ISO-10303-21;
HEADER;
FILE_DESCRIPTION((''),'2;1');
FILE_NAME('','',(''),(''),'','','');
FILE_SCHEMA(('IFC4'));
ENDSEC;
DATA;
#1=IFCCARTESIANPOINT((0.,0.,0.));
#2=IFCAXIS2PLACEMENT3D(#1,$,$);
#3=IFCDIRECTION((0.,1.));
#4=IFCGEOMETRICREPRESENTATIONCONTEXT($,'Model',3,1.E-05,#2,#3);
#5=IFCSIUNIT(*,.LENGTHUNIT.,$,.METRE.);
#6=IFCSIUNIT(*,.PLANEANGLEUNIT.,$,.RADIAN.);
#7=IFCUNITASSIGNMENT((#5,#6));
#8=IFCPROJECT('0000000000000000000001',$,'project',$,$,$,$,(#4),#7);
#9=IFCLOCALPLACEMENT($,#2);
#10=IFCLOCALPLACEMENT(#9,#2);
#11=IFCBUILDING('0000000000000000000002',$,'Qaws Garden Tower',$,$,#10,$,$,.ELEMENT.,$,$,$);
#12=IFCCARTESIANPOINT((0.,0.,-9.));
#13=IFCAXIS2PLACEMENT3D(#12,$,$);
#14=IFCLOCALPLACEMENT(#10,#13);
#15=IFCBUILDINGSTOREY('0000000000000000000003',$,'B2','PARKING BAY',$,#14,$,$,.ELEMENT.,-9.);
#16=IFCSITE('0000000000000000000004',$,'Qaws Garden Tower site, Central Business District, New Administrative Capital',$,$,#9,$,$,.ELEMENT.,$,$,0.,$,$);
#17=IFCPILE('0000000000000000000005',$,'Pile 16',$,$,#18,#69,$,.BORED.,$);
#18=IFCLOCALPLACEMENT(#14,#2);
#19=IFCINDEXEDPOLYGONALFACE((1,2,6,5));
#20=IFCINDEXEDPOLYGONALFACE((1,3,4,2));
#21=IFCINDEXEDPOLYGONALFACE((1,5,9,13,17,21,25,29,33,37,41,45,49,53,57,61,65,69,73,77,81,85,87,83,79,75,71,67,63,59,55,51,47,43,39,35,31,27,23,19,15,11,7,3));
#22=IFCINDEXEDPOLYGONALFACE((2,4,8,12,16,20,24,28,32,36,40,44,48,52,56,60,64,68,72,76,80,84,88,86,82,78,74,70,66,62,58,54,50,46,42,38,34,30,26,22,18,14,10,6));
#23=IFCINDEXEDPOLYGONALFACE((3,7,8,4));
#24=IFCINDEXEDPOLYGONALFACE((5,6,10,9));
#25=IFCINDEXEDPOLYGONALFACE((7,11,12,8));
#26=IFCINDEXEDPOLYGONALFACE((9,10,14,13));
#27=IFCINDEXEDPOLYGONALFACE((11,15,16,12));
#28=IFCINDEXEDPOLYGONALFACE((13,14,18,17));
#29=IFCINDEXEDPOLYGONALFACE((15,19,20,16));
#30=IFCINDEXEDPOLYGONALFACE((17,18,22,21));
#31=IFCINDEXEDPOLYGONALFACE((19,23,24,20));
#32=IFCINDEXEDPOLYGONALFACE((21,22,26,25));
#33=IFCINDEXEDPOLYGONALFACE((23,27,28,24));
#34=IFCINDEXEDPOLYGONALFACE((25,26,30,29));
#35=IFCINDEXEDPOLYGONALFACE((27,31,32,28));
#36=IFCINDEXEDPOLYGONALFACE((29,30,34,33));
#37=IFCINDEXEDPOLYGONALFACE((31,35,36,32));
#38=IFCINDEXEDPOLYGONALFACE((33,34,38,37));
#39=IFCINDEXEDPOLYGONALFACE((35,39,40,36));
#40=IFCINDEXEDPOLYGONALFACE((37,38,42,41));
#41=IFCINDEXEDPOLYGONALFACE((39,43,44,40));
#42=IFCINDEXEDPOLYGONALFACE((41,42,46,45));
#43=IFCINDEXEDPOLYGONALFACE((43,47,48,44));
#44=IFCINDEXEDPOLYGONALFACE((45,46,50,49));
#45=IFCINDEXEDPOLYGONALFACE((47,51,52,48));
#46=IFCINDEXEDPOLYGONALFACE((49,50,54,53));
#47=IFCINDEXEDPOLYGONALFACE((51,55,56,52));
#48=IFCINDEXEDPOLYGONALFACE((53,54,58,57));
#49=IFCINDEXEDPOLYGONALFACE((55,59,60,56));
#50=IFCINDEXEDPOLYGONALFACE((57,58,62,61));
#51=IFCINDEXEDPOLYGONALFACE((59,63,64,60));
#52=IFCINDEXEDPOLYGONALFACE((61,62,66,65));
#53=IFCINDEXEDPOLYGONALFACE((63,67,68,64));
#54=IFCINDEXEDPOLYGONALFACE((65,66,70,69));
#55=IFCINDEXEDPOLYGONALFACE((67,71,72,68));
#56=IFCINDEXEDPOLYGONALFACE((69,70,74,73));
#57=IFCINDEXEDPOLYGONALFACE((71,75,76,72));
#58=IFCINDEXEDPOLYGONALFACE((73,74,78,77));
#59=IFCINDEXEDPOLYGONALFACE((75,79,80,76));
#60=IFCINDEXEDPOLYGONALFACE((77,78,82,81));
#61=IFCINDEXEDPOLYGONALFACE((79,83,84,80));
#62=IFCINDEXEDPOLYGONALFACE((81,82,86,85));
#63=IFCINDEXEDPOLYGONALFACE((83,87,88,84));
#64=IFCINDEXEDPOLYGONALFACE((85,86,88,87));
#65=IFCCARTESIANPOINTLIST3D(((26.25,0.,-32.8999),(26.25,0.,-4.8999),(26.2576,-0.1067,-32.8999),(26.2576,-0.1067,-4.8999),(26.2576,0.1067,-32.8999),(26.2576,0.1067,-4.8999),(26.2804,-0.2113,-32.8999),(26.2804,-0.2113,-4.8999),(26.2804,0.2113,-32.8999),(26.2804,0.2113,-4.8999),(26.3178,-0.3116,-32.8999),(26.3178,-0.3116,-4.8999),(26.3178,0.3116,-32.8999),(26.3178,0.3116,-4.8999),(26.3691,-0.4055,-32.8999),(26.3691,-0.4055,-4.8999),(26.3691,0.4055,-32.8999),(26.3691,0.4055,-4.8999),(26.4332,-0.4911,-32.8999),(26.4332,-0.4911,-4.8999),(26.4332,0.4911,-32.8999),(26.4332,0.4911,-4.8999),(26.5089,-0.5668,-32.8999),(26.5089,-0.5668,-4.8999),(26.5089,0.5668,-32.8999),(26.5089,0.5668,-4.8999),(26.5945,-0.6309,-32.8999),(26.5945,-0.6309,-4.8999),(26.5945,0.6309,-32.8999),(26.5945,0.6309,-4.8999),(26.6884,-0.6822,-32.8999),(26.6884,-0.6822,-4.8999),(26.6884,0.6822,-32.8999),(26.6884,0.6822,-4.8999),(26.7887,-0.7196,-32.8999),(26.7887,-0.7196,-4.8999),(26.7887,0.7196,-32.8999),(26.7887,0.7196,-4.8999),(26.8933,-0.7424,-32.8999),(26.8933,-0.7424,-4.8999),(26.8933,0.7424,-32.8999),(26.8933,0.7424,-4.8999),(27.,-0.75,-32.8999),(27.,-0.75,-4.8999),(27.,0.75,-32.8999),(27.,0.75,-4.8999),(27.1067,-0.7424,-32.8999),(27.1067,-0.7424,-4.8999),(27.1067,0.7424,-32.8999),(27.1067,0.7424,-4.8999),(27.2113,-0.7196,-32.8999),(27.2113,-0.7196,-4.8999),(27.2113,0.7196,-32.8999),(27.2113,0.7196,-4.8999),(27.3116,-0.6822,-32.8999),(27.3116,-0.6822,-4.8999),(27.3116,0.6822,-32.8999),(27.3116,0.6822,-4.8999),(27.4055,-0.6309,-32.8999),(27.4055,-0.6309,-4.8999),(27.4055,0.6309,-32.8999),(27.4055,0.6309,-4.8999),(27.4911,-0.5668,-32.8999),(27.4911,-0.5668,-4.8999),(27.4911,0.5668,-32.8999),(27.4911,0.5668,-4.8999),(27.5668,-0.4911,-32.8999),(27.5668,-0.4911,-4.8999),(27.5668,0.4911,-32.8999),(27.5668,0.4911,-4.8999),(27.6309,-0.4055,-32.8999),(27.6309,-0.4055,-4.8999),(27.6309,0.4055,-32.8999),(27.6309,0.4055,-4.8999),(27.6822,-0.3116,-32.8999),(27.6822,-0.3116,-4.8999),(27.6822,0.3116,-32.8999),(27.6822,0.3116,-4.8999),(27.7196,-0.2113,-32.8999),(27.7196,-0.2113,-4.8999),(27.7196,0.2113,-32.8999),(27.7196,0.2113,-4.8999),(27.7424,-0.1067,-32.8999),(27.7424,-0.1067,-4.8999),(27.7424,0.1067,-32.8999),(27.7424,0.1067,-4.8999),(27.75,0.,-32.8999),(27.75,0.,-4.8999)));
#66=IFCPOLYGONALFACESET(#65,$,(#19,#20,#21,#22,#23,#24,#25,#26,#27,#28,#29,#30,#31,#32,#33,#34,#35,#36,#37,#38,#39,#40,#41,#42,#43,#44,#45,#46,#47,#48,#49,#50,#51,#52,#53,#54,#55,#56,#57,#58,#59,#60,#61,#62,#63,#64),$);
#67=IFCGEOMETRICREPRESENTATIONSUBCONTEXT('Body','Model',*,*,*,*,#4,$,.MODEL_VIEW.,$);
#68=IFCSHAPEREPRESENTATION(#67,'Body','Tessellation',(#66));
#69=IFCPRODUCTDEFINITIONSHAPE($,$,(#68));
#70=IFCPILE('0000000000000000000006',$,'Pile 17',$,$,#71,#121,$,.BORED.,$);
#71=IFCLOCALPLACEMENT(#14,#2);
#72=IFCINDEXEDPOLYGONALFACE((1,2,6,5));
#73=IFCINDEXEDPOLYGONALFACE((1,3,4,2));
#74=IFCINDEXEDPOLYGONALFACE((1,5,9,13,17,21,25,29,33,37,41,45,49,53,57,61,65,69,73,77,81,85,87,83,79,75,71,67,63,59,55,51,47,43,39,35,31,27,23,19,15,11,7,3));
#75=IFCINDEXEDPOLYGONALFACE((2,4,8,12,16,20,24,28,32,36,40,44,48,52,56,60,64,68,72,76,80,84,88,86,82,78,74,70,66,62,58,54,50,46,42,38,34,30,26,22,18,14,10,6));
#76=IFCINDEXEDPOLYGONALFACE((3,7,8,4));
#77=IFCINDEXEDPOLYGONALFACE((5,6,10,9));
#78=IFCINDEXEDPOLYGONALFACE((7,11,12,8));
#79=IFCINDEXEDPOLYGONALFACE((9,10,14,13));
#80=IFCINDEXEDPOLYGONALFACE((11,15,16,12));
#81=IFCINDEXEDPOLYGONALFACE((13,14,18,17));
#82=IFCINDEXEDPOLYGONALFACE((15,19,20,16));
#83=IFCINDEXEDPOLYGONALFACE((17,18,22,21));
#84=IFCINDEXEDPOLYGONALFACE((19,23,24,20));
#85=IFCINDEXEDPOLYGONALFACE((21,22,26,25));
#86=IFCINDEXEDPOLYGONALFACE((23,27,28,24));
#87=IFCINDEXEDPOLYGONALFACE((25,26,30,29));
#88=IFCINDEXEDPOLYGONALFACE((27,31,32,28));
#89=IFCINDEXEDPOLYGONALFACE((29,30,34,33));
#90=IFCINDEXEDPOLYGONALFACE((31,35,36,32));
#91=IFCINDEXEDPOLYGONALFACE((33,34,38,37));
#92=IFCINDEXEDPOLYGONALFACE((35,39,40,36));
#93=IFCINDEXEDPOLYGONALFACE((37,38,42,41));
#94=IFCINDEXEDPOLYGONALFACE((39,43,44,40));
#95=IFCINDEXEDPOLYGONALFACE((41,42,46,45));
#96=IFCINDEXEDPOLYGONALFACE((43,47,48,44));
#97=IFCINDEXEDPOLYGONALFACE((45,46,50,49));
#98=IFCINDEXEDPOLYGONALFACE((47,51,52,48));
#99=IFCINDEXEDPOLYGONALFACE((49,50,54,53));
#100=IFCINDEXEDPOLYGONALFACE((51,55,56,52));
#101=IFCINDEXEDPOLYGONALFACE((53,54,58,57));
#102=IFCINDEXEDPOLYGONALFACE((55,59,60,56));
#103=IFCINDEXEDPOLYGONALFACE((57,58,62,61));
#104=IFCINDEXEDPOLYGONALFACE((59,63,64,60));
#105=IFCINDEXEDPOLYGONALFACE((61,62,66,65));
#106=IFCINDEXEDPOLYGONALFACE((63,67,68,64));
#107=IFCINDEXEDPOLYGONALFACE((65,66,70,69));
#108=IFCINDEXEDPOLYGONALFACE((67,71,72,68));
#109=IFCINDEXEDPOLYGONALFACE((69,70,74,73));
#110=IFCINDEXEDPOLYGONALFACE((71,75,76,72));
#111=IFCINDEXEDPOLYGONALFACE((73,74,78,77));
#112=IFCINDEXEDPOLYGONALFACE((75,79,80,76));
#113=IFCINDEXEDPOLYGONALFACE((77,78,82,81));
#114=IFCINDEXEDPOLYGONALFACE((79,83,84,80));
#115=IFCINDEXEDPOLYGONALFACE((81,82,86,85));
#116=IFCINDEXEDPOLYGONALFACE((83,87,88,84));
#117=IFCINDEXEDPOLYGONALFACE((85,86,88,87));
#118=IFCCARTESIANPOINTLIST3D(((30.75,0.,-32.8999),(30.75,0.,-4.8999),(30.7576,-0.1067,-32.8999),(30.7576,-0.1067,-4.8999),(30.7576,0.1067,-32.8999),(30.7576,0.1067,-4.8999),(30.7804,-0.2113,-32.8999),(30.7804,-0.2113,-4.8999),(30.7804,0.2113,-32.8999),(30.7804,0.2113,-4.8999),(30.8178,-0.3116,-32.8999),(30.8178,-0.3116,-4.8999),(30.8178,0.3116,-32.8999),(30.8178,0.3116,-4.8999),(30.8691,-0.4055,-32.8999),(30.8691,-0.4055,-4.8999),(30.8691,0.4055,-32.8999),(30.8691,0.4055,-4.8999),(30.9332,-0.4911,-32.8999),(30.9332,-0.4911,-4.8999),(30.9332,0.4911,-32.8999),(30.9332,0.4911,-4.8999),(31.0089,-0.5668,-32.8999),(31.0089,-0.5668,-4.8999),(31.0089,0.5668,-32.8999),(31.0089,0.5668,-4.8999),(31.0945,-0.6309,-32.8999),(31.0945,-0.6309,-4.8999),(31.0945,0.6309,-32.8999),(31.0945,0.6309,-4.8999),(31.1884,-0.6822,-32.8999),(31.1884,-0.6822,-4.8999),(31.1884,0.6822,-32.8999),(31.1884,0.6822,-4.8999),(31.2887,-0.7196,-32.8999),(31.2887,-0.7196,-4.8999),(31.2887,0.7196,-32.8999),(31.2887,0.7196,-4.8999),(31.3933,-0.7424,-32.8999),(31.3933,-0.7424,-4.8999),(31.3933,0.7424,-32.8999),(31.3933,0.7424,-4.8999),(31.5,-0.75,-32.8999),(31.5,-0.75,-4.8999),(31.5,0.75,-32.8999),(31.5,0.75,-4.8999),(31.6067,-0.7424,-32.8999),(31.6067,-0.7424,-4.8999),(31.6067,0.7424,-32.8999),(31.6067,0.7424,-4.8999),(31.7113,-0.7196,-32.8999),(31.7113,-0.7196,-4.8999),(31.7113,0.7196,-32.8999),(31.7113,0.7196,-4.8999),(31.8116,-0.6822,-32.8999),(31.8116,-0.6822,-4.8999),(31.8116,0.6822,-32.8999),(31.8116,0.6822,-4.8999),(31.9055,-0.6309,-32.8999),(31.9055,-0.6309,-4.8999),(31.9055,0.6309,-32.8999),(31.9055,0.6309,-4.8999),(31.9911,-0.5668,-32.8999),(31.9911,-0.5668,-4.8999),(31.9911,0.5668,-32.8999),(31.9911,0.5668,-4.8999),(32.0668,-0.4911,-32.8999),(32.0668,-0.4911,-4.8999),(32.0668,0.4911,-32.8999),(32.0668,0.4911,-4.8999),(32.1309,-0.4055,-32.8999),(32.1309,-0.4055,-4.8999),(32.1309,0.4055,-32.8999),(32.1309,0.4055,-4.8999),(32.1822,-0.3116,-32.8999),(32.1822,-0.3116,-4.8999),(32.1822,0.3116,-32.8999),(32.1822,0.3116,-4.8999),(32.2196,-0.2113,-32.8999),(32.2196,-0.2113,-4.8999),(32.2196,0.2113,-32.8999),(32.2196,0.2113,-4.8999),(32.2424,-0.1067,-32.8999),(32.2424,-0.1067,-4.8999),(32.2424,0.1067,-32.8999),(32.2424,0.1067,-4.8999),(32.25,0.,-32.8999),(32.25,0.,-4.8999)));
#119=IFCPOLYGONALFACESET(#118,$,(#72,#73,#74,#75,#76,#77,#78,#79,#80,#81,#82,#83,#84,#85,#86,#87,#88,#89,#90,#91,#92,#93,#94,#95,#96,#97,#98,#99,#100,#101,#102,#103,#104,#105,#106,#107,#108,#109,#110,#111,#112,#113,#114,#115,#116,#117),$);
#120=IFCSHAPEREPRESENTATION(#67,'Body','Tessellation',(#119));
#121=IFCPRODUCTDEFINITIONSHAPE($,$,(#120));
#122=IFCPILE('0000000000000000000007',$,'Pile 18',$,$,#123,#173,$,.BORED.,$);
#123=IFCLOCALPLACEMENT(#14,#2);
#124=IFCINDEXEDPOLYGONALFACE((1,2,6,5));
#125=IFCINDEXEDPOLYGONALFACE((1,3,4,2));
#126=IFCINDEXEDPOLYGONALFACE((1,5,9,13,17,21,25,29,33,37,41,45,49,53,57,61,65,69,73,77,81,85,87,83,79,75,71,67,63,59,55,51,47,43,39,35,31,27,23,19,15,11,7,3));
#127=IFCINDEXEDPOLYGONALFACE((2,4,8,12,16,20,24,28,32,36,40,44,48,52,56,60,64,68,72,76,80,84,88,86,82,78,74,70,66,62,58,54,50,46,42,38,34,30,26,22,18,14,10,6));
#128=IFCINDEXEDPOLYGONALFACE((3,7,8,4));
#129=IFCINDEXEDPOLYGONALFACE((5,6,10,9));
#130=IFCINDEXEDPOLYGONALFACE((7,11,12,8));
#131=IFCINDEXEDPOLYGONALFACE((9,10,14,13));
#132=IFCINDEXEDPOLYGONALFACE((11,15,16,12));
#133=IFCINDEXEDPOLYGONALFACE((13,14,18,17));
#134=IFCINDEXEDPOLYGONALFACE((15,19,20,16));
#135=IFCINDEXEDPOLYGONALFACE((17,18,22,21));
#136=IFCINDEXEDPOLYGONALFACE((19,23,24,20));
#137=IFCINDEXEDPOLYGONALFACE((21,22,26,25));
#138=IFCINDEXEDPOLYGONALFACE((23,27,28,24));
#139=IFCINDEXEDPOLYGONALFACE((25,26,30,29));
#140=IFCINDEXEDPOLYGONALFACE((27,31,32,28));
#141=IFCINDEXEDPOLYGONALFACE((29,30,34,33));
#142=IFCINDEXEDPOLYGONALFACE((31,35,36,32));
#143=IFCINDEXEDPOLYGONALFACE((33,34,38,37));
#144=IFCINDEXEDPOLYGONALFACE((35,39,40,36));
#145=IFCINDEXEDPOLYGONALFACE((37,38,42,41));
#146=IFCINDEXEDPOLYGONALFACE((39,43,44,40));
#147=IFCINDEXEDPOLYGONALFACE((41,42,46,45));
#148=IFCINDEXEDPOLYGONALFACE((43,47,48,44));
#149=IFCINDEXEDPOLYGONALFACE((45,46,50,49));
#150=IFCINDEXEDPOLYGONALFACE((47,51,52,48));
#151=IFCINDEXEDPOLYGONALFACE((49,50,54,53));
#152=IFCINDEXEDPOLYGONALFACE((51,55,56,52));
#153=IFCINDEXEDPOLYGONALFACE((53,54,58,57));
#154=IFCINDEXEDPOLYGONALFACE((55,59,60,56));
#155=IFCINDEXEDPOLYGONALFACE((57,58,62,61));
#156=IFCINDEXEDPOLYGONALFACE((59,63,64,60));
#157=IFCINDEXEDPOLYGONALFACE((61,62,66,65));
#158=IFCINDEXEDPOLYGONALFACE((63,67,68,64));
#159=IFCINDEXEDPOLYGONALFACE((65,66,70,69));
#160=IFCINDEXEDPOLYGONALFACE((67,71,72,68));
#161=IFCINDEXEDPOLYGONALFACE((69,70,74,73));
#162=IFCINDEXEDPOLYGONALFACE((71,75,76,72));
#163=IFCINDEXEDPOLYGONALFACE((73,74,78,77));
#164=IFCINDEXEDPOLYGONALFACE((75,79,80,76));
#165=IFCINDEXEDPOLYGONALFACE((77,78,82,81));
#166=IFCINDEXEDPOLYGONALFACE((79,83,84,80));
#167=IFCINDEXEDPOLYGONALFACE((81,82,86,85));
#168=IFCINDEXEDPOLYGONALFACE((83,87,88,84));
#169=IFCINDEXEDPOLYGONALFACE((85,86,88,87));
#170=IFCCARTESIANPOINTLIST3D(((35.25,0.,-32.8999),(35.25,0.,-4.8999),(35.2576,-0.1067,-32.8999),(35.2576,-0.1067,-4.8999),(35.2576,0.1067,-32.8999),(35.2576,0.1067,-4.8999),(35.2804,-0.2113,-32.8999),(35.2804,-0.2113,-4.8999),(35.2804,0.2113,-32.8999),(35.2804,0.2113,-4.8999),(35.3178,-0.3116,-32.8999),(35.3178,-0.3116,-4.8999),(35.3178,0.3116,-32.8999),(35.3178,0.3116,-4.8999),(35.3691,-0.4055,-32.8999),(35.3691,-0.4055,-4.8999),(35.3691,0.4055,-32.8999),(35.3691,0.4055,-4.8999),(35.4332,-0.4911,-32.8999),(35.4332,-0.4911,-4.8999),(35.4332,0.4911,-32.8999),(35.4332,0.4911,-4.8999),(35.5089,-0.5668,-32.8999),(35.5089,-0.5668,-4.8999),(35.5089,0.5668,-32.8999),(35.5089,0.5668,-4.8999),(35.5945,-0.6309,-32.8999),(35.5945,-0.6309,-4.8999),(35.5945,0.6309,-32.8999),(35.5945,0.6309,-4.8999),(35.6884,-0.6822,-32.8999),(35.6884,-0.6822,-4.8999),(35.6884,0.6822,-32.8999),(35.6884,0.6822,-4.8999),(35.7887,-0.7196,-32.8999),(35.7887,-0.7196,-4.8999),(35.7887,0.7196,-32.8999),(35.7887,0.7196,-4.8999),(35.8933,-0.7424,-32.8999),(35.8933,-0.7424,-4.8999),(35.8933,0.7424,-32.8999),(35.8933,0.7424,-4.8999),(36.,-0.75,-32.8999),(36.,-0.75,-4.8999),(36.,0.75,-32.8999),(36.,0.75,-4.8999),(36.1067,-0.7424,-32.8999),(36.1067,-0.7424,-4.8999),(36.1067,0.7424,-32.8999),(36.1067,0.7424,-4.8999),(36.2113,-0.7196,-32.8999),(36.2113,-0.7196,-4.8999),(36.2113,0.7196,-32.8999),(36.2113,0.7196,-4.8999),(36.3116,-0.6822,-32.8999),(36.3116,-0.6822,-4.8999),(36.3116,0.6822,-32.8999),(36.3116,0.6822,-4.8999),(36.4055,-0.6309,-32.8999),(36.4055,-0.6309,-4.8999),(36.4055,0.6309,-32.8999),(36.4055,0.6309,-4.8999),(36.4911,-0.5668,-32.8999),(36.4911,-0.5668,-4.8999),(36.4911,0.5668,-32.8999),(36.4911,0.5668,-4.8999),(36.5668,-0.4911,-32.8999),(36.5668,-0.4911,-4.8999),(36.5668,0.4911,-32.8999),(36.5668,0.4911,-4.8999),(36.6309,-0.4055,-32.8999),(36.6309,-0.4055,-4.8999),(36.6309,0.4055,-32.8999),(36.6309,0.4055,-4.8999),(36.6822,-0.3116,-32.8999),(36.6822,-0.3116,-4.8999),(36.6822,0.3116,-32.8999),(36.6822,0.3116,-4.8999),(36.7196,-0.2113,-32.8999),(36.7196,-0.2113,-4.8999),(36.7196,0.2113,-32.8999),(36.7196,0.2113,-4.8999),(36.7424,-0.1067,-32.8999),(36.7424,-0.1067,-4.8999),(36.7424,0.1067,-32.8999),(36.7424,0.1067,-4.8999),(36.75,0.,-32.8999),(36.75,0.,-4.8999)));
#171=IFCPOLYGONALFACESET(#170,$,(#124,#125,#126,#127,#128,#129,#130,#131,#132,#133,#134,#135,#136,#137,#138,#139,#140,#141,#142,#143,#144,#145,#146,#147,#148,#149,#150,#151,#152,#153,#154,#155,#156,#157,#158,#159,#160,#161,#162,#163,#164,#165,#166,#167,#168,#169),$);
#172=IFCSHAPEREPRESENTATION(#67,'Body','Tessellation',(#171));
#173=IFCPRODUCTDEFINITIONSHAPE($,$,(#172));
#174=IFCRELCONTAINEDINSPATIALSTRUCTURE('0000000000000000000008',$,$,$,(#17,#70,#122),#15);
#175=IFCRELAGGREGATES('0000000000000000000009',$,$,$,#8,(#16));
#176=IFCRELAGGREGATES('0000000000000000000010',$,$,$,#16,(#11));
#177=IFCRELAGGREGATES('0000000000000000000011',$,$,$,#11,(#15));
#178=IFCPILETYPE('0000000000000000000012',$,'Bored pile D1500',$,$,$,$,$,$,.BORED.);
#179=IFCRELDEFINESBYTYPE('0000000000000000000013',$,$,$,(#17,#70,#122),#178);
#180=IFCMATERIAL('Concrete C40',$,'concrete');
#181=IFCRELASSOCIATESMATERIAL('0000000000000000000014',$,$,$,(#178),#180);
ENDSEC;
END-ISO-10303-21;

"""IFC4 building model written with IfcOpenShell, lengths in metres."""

from ifc_helpers import new_model, si_unit, direction, frame, origin, origin_2d, place, context, subcontext, project, spatial, circle, extrude, material, material_profile, profile_set, type_object, element, save


model = new_model("IFC4")

# Units and contexts
model_context = context("Model", 3, precision=1e-05, world=origin(), true_north=direction((0.0, 1.0)))
body_context = subcontext(model_context, "Body", "Model", "MODEL_VIEW")
ifc_project = project(units=[si_unit("LENGTHUNIT", "METRE"), si_unit("PLANEANGLEUNIT", "RADIAN")], contexts=[model_context])

# Site, building, storey
site_placement = place(None, origin())
site = spatial("IfcSite", under=ifc_project, at=site_placement, Name="Qaws Garden Tower site, Central Business District, New Administrative Capital", CompositionType="ELEMENT", RefElevation=0.0)
building_placement = place(site_placement, origin())
building = spatial("IfcBuilding", under=site, at=building_placement, Name="Qaws Garden Tower", CompositionType="ELEMENT")
storey_placement = place(building_placement, frame((0.0, 0.0, -9.0)))
storey = spatial("IfcBuildingStorey", under=building, at=storey_placement, Name="B2", Description="PARKING BAY", CompositionType="ELEMENT", Elevation=-9.0)

# Piles
ifc_material_1 = material(Name="Concrete C40", Category="concrete")
ifc_material_profile_1 = material_profile(ifc_material_1, circle(Radius=0.75, at=origin_2d()), Name="Bored pile D1500")
ifc_profile_set_1 = profile_set([ifc_material_profile_1], Name="Concrete C40")
pile_type = type_object("IfcPileType", Name="Bored pile D1500", PredefinedType="BORED", material=ifc_profile_set_1)
for number, where, z_axis, x_axis, name in (
    (1, (27.0, 0.0, -4.8999), (0.0, 0.0, -1.0), (1.0, 0.0, 0.0), "Pile 16"),
    (2, (31.5, 0.0, -4.8999), (0.0, 0.0, -1.0), (1.0, 0.0, 0.0), "Pile 17"),
    (3, (36.0, 0.0, -4.8999), (0.0, 0.0, -1.0), (1.0, 0.0, 0.0), "Pile 18"),
):
    element("IfcPile", number, at=place(storey_placement, frame(where, z_axis=z_axis, x_axis=x_axis)), inside=storey, type_object=pile_type, Name=name, PredefinedType="BORED", context=body_context, shape_type="SweptSolid", body=[
        extrude(circle(Radius=0.75, at=origin_2d()), origin(), (0.0, 0.0, 1.0), 28.0),
    ])

save(model, "model.ifc")
